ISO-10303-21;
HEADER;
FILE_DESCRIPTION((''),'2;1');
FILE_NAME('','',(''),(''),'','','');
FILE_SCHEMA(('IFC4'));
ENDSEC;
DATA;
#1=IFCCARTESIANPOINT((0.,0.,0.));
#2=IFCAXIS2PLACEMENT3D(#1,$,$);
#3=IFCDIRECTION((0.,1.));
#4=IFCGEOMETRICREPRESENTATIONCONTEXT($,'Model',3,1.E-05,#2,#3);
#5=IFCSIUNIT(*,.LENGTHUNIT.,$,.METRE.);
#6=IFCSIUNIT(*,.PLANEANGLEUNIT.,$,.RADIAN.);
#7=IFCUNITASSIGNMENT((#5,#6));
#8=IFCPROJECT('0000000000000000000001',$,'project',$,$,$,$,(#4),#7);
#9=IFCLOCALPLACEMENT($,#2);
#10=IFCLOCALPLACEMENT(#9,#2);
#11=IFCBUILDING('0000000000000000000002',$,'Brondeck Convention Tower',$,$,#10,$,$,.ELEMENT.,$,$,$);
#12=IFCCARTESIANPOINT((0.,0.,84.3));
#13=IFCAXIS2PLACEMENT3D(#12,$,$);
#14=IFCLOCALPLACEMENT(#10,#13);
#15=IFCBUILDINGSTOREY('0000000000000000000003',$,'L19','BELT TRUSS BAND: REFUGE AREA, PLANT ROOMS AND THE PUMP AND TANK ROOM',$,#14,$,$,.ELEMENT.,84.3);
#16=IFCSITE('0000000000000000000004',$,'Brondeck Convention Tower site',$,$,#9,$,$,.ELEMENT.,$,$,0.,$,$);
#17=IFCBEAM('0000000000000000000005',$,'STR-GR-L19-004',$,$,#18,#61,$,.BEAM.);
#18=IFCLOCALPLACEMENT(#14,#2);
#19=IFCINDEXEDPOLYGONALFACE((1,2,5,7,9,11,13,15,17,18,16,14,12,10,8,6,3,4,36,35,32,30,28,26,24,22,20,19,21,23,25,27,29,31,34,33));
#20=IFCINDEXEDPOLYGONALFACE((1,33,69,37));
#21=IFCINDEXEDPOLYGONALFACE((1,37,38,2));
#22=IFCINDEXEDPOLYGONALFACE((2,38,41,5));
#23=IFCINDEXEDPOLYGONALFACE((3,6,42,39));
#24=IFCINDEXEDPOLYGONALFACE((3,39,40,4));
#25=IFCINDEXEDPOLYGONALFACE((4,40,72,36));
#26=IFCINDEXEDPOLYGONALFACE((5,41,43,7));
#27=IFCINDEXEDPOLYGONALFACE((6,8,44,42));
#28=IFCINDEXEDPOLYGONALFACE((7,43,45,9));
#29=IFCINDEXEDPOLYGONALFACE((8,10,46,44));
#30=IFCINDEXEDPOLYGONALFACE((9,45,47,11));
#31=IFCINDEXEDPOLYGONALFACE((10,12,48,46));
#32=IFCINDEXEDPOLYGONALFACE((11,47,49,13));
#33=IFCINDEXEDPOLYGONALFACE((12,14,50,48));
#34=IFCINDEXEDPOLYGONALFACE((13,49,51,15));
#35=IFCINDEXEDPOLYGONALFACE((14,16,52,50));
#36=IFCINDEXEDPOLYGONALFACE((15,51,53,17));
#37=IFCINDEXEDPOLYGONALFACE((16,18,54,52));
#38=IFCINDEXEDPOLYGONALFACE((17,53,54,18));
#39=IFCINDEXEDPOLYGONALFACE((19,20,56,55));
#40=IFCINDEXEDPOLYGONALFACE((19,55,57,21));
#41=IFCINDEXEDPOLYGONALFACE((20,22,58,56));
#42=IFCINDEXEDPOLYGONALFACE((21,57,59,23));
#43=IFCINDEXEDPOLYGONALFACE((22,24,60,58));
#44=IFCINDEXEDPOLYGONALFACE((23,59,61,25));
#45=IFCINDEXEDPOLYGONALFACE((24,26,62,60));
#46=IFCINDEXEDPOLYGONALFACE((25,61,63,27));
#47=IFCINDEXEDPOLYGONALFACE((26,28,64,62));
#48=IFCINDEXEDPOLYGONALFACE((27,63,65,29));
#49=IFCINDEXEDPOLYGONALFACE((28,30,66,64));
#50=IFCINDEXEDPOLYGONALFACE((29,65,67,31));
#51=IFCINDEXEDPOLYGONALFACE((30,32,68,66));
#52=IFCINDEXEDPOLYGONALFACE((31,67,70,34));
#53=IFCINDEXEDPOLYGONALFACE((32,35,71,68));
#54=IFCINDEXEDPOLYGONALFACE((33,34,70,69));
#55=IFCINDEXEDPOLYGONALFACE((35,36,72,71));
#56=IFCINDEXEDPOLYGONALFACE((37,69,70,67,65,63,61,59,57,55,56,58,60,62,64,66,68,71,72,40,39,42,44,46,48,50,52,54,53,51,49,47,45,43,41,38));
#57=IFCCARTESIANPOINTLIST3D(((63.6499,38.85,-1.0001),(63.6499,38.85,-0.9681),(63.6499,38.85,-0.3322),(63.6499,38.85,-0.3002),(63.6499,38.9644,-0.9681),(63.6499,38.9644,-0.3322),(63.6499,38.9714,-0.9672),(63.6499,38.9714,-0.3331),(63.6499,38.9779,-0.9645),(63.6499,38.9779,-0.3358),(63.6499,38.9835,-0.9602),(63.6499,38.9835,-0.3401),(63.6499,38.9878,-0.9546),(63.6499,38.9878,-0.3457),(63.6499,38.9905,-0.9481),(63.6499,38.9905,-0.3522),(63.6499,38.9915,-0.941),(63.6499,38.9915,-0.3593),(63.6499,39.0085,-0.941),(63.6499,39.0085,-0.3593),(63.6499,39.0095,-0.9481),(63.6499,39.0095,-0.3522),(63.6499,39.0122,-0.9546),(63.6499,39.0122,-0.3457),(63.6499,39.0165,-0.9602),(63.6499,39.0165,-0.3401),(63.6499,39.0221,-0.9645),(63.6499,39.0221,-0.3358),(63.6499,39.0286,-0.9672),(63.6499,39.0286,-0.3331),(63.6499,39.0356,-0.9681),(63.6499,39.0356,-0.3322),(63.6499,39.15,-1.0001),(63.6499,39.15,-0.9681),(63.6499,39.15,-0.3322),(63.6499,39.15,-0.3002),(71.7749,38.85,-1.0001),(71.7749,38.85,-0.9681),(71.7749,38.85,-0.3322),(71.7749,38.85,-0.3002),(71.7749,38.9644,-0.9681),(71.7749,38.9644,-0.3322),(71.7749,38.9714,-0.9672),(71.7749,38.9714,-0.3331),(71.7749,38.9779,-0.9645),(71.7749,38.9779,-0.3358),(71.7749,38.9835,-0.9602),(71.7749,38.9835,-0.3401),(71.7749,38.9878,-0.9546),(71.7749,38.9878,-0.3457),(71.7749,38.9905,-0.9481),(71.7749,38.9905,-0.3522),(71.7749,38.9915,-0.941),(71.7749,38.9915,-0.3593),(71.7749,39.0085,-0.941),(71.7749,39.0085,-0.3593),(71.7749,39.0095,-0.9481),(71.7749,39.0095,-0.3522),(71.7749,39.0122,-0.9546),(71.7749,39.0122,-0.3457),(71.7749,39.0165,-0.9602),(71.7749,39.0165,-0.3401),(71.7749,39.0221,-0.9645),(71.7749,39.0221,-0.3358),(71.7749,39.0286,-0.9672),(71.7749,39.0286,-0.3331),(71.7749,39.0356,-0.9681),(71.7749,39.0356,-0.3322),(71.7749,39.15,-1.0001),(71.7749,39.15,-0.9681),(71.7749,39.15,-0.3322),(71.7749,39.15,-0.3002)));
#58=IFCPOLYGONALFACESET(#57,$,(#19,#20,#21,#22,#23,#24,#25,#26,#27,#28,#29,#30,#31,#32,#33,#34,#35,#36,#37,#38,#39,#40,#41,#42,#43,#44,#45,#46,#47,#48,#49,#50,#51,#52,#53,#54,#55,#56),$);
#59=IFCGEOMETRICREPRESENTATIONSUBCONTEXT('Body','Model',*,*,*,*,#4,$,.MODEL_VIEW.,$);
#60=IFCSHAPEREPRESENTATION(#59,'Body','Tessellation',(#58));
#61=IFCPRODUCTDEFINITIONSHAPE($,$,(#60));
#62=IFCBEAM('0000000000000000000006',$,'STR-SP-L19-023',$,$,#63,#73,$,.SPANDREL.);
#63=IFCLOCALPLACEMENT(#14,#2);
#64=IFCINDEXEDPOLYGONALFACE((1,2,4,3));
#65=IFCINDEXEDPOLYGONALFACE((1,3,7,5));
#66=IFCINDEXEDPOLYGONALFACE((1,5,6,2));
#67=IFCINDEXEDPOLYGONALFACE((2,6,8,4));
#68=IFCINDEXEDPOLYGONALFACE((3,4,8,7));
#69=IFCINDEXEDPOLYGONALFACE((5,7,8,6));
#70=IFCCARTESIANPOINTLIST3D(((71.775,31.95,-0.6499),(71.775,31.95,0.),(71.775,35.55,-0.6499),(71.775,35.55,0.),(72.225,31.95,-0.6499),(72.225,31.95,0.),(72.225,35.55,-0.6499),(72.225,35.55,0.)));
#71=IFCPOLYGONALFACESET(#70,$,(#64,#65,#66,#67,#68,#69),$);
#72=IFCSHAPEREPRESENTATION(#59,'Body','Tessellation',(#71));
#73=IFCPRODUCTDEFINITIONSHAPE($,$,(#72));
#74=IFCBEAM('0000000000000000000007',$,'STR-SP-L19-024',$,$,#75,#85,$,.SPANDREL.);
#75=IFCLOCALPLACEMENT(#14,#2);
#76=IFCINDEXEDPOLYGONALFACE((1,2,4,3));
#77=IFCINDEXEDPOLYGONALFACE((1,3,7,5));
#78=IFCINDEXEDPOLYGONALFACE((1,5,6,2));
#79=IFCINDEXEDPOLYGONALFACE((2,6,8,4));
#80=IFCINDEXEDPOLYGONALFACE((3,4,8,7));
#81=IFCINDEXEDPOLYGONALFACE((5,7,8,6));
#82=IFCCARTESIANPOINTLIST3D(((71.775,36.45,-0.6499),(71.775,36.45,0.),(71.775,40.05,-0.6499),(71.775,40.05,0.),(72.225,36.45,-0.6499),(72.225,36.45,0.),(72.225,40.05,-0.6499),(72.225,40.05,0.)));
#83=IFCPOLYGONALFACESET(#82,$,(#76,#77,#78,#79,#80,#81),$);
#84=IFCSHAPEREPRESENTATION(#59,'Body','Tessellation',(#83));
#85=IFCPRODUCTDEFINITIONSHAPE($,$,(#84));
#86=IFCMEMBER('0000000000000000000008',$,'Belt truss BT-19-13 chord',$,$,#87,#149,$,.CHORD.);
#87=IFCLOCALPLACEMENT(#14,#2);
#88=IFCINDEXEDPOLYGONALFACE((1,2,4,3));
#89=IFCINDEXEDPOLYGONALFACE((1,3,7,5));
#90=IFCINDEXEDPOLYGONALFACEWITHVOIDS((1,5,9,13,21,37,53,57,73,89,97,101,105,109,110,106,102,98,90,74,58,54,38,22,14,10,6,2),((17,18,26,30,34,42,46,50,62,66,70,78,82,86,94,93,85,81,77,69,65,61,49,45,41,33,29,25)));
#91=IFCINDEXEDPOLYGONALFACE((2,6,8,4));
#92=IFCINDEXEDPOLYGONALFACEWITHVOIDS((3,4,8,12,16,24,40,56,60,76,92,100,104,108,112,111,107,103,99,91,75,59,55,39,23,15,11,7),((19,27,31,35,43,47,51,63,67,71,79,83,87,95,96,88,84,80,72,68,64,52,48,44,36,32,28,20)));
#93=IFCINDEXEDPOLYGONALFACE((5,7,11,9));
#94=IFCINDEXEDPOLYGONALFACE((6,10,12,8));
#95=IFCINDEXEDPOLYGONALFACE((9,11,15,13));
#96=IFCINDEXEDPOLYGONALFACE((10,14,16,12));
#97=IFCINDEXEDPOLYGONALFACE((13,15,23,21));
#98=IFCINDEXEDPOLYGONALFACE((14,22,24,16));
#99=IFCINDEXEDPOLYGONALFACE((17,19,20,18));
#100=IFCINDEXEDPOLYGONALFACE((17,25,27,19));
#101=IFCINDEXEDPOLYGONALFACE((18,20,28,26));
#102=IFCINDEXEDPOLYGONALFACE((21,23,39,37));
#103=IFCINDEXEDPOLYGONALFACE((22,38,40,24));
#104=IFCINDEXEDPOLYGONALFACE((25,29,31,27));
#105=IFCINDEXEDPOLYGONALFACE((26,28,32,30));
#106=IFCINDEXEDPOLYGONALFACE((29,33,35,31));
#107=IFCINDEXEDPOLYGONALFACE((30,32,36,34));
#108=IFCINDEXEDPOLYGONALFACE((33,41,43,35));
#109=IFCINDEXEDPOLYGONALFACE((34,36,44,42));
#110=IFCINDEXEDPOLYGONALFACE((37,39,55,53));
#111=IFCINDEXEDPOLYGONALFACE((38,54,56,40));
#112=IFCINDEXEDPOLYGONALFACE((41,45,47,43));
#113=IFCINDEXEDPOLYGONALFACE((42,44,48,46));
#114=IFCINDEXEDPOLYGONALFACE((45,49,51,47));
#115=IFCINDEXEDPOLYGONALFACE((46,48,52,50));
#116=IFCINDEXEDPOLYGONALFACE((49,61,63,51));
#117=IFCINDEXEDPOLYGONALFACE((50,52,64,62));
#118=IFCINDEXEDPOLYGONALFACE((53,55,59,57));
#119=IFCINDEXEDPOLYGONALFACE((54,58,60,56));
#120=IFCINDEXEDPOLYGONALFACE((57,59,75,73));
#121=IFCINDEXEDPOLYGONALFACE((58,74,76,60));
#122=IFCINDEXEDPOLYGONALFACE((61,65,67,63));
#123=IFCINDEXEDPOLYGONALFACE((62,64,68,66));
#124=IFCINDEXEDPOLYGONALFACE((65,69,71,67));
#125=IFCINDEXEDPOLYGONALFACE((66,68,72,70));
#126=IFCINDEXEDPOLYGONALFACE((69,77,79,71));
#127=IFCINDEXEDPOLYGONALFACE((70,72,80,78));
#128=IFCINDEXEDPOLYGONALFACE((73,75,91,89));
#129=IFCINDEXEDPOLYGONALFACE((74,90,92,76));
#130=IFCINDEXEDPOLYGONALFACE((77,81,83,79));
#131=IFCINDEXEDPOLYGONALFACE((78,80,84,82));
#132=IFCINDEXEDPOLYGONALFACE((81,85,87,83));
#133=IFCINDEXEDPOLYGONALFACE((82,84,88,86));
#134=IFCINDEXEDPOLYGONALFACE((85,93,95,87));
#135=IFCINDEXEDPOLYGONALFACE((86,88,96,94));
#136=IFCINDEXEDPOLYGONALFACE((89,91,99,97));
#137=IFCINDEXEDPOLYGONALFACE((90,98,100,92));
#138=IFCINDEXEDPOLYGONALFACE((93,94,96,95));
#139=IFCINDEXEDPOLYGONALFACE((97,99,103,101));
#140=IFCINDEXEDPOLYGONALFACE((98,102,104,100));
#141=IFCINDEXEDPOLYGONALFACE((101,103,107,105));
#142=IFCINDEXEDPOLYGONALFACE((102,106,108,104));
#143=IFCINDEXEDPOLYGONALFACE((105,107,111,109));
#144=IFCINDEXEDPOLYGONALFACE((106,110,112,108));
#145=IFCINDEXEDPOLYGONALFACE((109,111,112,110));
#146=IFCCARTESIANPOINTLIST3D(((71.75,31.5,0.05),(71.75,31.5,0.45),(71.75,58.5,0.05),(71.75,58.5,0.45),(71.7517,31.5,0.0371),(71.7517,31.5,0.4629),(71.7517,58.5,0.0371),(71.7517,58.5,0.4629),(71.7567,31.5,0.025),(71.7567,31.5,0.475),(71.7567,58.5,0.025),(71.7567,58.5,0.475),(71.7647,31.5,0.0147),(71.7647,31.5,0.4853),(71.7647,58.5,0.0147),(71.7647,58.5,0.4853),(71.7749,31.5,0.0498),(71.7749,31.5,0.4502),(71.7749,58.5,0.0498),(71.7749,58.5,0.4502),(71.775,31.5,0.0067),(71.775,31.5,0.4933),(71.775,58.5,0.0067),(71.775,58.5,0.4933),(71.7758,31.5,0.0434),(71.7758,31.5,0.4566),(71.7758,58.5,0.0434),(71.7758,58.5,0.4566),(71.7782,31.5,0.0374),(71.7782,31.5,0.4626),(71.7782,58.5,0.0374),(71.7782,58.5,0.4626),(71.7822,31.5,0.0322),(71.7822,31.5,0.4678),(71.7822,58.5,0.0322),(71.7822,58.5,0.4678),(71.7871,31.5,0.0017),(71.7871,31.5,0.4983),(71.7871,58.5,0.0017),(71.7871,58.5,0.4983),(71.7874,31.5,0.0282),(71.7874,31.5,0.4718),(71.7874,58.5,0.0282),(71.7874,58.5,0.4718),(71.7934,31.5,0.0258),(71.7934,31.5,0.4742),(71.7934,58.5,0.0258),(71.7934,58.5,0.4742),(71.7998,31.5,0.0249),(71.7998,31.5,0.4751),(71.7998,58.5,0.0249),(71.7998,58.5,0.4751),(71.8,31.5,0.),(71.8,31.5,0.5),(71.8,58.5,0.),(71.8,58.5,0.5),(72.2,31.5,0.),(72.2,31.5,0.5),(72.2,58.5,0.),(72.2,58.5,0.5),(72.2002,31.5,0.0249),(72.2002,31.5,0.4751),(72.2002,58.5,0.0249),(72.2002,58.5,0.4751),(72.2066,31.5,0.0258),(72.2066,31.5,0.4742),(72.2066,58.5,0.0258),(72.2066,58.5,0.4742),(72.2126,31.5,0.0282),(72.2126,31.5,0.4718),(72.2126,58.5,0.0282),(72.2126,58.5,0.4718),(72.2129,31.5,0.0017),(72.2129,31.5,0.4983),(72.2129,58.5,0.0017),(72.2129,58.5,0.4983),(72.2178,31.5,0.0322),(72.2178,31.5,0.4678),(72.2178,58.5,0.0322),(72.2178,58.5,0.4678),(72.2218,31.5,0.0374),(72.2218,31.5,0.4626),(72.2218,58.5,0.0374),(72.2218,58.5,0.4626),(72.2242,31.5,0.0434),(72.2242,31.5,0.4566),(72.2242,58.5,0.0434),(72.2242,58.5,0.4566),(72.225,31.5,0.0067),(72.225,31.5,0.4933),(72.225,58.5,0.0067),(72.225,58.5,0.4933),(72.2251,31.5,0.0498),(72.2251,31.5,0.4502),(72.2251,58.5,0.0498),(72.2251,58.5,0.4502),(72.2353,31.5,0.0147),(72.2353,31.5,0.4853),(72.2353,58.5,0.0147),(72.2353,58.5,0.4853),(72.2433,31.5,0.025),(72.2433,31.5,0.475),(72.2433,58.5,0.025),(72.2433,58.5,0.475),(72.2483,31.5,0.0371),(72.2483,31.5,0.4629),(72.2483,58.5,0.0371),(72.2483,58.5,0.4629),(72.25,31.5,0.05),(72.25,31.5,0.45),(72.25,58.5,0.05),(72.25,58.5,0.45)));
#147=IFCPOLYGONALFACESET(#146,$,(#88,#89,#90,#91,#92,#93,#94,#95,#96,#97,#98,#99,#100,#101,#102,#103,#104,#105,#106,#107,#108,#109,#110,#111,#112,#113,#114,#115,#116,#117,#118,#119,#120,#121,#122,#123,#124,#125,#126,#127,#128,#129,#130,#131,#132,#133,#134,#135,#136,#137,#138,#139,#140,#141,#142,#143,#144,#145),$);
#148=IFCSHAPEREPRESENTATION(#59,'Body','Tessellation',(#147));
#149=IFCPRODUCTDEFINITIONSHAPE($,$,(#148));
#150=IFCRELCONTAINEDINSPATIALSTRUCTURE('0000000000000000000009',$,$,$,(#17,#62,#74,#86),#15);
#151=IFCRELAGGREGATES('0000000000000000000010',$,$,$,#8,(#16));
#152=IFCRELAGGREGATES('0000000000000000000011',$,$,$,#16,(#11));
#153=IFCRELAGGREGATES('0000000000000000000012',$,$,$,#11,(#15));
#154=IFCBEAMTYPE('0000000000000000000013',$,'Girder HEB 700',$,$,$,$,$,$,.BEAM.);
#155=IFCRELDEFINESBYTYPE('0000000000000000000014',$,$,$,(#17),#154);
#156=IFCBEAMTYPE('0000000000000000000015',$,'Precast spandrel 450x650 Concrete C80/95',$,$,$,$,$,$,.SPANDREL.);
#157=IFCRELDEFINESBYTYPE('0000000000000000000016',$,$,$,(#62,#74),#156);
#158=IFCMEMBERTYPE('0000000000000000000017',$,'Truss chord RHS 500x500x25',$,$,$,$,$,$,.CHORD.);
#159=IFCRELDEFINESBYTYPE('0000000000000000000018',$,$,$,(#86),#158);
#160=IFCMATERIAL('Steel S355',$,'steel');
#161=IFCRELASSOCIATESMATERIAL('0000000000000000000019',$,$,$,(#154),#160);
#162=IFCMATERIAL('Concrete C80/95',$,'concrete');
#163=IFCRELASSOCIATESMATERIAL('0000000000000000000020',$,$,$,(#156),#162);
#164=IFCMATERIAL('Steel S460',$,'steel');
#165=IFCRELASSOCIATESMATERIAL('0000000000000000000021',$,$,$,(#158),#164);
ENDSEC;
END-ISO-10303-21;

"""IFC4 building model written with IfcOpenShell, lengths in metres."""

from ifc_helpers import new_model, si_unit, direction, frame, origin, origin_2d, place, context, subcontext, project, spatial, rectangle, hollow_rectangle, i_section, extrude, material, material_profile, profile_set, type_object, element, save


model = new_model("IFC4")

# Units and contexts
model_context = context("Model", 3, precision=1e-05, world=origin(), true_north=direction((0.0, 1.0)))
body_context = subcontext(model_context, "Body", "Model", "MODEL_VIEW")
ifc_project = project(units=[si_unit("LENGTHUNIT", "METRE"), si_unit("PLANEANGLEUNIT", "RADIAN")], contexts=[model_context])

# Site, building, storey
site_placement = place(None, origin())
site = spatial("IfcSite", under=ifc_project, at=site_placement, Name="Brondeck Convention Tower site", CompositionType="ELEMENT", RefElevation=0.0)
building_placement = place(site_placement, origin())
building = spatial("IfcBuilding", under=site, at=building_placement, Name="Brondeck Convention Tower", CompositionType="ELEMENT")
storey_placement = place(building_placement, frame((0.0, 0.0, 84.3)))
storey = spatial("IfcBuildingStorey", under=building, at=storey_placement, Name="L19", Description="BELT TRUSS BAND: REFUGE AREA, PLANT ROOMS AND THE PUMP AND TANK ROOM", CompositionType="ELEMENT", Elevation=84.3)

# Shared definitions
ifc_material_1 = material(Name="Concrete C80/95", Category="concrete")

# Shared definitions
ifc_material_2 = material(Name="Steel S460", Category="steel")

# Beams
ifc_material_3 = material(Name="Steel S355", Category="steel")
ifc_material_profile_1 = material_profile(ifc_material_3, i_section(OverallWidth=0.3, OverallDepth=0.7, WebThickness=0.0171, FlangeThickness=0.032, FilletRadius=0.0271, at=origin_2d()), Name="HEB 700")
ifc_profile_set_1 = profile_set([ifc_material_profile_1], Name="Steel S355")
beam_type_1 = type_object("IfcBeamType", Name="Girder HEB 700", PredefinedType="BEAM", material=ifc_profile_set_1)
beam_1_placement = place(storey_placement, frame((63.6499, 39.0, -0.6501), z_axis=(1.0, 0.0, 0.0), x_axis=(0.0, 1.0, 0.0)))
element("IfcBeam", 1, at=beam_1_placement, inside=storey, type_object=beam_type_1, Name="STR-GR-L19-004", PredefinedType="BEAM", context=body_context, shape_type="SweptSolid", body=[
    extrude(i_section(OverallWidth=0.3, OverallDepth=0.7, WebThickness=0.0171, FlangeThickness=0.032, FilletRadius=0.0271, at=origin_2d()), origin(), (0.0, 0.0, 1.0), 8.125),
])
ifc_material_profile_2 = material_profile(ifc_material_1, rectangle(XDim=0.45, YDim=0.6499, at=origin_2d()), Name="Precast spandrel 450x650 Concrete C80/95")
ifc_profile_set_2 = profile_set([ifc_material_profile_2], Name="Concrete C80/95")
beam_type_2 = type_object("IfcBeamType", Name="Precast spandrel 450x650 Concrete C80/95", PredefinedType="SPANDREL", material=ifc_profile_set_2)
for number, where, z_axis, x_axis, name in (
    (2, (72.0, 31.95, -0.325), (0.0, 1.0, 0.0), (-1.0, 0.0, 0.0), "STR-SP-L19-023"),
    (3, (72.0, 36.45, -0.325), (0.0, 1.0, 0.0), (-1.0, 0.0, 0.0), "STR-SP-L19-024"),
):
    element("IfcBeam", number, at=place(storey_placement, frame(where, z_axis=z_axis, x_axis=x_axis)), inside=storey, type_object=beam_type_2, Name=name, PredefinedType="SPANDREL", context=body_context, shape_type="SweptSolid", body=[
        extrude(rectangle(XDim=0.45, YDim=0.6499, at=origin_2d()), origin(), (0.0, 0.0, 1.0), 3.6001),
    ])

# Member
ifc_material_profile_3 = material_profile(ifc_material_2, hollow_rectangle(XDim=0.5, YDim=0.5, WallThickness=0.0249, InnerFilletRadius=0.0249, OuterFilletRadius=0.05, at=origin_2d()), Name="RHS 500x500x25")
ifc_profile_set_3 = profile_set([ifc_material_profile_3], Name="Steel S460")
member_type_1 = type_object("IfcMemberType", Name="Truss chord RHS 500x500x25", PredefinedType="CHORD", material=ifc_profile_set_3)
member_placement = place(storey_placement, frame((72.0, 31.5, 0.25), z_axis=(0.0, 1.0, 0.0), x_axis=(-1.0, 0.0, 0.0)))
element("IfcMember", 4, at=member_placement, inside=storey, type_object=member_type_1, Name="Belt truss BT-19-13 chord", PredefinedType="CHORD", context=body_context, shape_type="SweptSolid", body=[
    extrude(hollow_rectangle(XDim=0.5, YDim=0.5, WallThickness=0.0249, InnerFilletRadius=0.0249, OuterFilletRadius=0.05, at=origin_2d()), origin(), (0.0, 0.0, 1.0), 27.0),
])

save(model, "model.ifc")
